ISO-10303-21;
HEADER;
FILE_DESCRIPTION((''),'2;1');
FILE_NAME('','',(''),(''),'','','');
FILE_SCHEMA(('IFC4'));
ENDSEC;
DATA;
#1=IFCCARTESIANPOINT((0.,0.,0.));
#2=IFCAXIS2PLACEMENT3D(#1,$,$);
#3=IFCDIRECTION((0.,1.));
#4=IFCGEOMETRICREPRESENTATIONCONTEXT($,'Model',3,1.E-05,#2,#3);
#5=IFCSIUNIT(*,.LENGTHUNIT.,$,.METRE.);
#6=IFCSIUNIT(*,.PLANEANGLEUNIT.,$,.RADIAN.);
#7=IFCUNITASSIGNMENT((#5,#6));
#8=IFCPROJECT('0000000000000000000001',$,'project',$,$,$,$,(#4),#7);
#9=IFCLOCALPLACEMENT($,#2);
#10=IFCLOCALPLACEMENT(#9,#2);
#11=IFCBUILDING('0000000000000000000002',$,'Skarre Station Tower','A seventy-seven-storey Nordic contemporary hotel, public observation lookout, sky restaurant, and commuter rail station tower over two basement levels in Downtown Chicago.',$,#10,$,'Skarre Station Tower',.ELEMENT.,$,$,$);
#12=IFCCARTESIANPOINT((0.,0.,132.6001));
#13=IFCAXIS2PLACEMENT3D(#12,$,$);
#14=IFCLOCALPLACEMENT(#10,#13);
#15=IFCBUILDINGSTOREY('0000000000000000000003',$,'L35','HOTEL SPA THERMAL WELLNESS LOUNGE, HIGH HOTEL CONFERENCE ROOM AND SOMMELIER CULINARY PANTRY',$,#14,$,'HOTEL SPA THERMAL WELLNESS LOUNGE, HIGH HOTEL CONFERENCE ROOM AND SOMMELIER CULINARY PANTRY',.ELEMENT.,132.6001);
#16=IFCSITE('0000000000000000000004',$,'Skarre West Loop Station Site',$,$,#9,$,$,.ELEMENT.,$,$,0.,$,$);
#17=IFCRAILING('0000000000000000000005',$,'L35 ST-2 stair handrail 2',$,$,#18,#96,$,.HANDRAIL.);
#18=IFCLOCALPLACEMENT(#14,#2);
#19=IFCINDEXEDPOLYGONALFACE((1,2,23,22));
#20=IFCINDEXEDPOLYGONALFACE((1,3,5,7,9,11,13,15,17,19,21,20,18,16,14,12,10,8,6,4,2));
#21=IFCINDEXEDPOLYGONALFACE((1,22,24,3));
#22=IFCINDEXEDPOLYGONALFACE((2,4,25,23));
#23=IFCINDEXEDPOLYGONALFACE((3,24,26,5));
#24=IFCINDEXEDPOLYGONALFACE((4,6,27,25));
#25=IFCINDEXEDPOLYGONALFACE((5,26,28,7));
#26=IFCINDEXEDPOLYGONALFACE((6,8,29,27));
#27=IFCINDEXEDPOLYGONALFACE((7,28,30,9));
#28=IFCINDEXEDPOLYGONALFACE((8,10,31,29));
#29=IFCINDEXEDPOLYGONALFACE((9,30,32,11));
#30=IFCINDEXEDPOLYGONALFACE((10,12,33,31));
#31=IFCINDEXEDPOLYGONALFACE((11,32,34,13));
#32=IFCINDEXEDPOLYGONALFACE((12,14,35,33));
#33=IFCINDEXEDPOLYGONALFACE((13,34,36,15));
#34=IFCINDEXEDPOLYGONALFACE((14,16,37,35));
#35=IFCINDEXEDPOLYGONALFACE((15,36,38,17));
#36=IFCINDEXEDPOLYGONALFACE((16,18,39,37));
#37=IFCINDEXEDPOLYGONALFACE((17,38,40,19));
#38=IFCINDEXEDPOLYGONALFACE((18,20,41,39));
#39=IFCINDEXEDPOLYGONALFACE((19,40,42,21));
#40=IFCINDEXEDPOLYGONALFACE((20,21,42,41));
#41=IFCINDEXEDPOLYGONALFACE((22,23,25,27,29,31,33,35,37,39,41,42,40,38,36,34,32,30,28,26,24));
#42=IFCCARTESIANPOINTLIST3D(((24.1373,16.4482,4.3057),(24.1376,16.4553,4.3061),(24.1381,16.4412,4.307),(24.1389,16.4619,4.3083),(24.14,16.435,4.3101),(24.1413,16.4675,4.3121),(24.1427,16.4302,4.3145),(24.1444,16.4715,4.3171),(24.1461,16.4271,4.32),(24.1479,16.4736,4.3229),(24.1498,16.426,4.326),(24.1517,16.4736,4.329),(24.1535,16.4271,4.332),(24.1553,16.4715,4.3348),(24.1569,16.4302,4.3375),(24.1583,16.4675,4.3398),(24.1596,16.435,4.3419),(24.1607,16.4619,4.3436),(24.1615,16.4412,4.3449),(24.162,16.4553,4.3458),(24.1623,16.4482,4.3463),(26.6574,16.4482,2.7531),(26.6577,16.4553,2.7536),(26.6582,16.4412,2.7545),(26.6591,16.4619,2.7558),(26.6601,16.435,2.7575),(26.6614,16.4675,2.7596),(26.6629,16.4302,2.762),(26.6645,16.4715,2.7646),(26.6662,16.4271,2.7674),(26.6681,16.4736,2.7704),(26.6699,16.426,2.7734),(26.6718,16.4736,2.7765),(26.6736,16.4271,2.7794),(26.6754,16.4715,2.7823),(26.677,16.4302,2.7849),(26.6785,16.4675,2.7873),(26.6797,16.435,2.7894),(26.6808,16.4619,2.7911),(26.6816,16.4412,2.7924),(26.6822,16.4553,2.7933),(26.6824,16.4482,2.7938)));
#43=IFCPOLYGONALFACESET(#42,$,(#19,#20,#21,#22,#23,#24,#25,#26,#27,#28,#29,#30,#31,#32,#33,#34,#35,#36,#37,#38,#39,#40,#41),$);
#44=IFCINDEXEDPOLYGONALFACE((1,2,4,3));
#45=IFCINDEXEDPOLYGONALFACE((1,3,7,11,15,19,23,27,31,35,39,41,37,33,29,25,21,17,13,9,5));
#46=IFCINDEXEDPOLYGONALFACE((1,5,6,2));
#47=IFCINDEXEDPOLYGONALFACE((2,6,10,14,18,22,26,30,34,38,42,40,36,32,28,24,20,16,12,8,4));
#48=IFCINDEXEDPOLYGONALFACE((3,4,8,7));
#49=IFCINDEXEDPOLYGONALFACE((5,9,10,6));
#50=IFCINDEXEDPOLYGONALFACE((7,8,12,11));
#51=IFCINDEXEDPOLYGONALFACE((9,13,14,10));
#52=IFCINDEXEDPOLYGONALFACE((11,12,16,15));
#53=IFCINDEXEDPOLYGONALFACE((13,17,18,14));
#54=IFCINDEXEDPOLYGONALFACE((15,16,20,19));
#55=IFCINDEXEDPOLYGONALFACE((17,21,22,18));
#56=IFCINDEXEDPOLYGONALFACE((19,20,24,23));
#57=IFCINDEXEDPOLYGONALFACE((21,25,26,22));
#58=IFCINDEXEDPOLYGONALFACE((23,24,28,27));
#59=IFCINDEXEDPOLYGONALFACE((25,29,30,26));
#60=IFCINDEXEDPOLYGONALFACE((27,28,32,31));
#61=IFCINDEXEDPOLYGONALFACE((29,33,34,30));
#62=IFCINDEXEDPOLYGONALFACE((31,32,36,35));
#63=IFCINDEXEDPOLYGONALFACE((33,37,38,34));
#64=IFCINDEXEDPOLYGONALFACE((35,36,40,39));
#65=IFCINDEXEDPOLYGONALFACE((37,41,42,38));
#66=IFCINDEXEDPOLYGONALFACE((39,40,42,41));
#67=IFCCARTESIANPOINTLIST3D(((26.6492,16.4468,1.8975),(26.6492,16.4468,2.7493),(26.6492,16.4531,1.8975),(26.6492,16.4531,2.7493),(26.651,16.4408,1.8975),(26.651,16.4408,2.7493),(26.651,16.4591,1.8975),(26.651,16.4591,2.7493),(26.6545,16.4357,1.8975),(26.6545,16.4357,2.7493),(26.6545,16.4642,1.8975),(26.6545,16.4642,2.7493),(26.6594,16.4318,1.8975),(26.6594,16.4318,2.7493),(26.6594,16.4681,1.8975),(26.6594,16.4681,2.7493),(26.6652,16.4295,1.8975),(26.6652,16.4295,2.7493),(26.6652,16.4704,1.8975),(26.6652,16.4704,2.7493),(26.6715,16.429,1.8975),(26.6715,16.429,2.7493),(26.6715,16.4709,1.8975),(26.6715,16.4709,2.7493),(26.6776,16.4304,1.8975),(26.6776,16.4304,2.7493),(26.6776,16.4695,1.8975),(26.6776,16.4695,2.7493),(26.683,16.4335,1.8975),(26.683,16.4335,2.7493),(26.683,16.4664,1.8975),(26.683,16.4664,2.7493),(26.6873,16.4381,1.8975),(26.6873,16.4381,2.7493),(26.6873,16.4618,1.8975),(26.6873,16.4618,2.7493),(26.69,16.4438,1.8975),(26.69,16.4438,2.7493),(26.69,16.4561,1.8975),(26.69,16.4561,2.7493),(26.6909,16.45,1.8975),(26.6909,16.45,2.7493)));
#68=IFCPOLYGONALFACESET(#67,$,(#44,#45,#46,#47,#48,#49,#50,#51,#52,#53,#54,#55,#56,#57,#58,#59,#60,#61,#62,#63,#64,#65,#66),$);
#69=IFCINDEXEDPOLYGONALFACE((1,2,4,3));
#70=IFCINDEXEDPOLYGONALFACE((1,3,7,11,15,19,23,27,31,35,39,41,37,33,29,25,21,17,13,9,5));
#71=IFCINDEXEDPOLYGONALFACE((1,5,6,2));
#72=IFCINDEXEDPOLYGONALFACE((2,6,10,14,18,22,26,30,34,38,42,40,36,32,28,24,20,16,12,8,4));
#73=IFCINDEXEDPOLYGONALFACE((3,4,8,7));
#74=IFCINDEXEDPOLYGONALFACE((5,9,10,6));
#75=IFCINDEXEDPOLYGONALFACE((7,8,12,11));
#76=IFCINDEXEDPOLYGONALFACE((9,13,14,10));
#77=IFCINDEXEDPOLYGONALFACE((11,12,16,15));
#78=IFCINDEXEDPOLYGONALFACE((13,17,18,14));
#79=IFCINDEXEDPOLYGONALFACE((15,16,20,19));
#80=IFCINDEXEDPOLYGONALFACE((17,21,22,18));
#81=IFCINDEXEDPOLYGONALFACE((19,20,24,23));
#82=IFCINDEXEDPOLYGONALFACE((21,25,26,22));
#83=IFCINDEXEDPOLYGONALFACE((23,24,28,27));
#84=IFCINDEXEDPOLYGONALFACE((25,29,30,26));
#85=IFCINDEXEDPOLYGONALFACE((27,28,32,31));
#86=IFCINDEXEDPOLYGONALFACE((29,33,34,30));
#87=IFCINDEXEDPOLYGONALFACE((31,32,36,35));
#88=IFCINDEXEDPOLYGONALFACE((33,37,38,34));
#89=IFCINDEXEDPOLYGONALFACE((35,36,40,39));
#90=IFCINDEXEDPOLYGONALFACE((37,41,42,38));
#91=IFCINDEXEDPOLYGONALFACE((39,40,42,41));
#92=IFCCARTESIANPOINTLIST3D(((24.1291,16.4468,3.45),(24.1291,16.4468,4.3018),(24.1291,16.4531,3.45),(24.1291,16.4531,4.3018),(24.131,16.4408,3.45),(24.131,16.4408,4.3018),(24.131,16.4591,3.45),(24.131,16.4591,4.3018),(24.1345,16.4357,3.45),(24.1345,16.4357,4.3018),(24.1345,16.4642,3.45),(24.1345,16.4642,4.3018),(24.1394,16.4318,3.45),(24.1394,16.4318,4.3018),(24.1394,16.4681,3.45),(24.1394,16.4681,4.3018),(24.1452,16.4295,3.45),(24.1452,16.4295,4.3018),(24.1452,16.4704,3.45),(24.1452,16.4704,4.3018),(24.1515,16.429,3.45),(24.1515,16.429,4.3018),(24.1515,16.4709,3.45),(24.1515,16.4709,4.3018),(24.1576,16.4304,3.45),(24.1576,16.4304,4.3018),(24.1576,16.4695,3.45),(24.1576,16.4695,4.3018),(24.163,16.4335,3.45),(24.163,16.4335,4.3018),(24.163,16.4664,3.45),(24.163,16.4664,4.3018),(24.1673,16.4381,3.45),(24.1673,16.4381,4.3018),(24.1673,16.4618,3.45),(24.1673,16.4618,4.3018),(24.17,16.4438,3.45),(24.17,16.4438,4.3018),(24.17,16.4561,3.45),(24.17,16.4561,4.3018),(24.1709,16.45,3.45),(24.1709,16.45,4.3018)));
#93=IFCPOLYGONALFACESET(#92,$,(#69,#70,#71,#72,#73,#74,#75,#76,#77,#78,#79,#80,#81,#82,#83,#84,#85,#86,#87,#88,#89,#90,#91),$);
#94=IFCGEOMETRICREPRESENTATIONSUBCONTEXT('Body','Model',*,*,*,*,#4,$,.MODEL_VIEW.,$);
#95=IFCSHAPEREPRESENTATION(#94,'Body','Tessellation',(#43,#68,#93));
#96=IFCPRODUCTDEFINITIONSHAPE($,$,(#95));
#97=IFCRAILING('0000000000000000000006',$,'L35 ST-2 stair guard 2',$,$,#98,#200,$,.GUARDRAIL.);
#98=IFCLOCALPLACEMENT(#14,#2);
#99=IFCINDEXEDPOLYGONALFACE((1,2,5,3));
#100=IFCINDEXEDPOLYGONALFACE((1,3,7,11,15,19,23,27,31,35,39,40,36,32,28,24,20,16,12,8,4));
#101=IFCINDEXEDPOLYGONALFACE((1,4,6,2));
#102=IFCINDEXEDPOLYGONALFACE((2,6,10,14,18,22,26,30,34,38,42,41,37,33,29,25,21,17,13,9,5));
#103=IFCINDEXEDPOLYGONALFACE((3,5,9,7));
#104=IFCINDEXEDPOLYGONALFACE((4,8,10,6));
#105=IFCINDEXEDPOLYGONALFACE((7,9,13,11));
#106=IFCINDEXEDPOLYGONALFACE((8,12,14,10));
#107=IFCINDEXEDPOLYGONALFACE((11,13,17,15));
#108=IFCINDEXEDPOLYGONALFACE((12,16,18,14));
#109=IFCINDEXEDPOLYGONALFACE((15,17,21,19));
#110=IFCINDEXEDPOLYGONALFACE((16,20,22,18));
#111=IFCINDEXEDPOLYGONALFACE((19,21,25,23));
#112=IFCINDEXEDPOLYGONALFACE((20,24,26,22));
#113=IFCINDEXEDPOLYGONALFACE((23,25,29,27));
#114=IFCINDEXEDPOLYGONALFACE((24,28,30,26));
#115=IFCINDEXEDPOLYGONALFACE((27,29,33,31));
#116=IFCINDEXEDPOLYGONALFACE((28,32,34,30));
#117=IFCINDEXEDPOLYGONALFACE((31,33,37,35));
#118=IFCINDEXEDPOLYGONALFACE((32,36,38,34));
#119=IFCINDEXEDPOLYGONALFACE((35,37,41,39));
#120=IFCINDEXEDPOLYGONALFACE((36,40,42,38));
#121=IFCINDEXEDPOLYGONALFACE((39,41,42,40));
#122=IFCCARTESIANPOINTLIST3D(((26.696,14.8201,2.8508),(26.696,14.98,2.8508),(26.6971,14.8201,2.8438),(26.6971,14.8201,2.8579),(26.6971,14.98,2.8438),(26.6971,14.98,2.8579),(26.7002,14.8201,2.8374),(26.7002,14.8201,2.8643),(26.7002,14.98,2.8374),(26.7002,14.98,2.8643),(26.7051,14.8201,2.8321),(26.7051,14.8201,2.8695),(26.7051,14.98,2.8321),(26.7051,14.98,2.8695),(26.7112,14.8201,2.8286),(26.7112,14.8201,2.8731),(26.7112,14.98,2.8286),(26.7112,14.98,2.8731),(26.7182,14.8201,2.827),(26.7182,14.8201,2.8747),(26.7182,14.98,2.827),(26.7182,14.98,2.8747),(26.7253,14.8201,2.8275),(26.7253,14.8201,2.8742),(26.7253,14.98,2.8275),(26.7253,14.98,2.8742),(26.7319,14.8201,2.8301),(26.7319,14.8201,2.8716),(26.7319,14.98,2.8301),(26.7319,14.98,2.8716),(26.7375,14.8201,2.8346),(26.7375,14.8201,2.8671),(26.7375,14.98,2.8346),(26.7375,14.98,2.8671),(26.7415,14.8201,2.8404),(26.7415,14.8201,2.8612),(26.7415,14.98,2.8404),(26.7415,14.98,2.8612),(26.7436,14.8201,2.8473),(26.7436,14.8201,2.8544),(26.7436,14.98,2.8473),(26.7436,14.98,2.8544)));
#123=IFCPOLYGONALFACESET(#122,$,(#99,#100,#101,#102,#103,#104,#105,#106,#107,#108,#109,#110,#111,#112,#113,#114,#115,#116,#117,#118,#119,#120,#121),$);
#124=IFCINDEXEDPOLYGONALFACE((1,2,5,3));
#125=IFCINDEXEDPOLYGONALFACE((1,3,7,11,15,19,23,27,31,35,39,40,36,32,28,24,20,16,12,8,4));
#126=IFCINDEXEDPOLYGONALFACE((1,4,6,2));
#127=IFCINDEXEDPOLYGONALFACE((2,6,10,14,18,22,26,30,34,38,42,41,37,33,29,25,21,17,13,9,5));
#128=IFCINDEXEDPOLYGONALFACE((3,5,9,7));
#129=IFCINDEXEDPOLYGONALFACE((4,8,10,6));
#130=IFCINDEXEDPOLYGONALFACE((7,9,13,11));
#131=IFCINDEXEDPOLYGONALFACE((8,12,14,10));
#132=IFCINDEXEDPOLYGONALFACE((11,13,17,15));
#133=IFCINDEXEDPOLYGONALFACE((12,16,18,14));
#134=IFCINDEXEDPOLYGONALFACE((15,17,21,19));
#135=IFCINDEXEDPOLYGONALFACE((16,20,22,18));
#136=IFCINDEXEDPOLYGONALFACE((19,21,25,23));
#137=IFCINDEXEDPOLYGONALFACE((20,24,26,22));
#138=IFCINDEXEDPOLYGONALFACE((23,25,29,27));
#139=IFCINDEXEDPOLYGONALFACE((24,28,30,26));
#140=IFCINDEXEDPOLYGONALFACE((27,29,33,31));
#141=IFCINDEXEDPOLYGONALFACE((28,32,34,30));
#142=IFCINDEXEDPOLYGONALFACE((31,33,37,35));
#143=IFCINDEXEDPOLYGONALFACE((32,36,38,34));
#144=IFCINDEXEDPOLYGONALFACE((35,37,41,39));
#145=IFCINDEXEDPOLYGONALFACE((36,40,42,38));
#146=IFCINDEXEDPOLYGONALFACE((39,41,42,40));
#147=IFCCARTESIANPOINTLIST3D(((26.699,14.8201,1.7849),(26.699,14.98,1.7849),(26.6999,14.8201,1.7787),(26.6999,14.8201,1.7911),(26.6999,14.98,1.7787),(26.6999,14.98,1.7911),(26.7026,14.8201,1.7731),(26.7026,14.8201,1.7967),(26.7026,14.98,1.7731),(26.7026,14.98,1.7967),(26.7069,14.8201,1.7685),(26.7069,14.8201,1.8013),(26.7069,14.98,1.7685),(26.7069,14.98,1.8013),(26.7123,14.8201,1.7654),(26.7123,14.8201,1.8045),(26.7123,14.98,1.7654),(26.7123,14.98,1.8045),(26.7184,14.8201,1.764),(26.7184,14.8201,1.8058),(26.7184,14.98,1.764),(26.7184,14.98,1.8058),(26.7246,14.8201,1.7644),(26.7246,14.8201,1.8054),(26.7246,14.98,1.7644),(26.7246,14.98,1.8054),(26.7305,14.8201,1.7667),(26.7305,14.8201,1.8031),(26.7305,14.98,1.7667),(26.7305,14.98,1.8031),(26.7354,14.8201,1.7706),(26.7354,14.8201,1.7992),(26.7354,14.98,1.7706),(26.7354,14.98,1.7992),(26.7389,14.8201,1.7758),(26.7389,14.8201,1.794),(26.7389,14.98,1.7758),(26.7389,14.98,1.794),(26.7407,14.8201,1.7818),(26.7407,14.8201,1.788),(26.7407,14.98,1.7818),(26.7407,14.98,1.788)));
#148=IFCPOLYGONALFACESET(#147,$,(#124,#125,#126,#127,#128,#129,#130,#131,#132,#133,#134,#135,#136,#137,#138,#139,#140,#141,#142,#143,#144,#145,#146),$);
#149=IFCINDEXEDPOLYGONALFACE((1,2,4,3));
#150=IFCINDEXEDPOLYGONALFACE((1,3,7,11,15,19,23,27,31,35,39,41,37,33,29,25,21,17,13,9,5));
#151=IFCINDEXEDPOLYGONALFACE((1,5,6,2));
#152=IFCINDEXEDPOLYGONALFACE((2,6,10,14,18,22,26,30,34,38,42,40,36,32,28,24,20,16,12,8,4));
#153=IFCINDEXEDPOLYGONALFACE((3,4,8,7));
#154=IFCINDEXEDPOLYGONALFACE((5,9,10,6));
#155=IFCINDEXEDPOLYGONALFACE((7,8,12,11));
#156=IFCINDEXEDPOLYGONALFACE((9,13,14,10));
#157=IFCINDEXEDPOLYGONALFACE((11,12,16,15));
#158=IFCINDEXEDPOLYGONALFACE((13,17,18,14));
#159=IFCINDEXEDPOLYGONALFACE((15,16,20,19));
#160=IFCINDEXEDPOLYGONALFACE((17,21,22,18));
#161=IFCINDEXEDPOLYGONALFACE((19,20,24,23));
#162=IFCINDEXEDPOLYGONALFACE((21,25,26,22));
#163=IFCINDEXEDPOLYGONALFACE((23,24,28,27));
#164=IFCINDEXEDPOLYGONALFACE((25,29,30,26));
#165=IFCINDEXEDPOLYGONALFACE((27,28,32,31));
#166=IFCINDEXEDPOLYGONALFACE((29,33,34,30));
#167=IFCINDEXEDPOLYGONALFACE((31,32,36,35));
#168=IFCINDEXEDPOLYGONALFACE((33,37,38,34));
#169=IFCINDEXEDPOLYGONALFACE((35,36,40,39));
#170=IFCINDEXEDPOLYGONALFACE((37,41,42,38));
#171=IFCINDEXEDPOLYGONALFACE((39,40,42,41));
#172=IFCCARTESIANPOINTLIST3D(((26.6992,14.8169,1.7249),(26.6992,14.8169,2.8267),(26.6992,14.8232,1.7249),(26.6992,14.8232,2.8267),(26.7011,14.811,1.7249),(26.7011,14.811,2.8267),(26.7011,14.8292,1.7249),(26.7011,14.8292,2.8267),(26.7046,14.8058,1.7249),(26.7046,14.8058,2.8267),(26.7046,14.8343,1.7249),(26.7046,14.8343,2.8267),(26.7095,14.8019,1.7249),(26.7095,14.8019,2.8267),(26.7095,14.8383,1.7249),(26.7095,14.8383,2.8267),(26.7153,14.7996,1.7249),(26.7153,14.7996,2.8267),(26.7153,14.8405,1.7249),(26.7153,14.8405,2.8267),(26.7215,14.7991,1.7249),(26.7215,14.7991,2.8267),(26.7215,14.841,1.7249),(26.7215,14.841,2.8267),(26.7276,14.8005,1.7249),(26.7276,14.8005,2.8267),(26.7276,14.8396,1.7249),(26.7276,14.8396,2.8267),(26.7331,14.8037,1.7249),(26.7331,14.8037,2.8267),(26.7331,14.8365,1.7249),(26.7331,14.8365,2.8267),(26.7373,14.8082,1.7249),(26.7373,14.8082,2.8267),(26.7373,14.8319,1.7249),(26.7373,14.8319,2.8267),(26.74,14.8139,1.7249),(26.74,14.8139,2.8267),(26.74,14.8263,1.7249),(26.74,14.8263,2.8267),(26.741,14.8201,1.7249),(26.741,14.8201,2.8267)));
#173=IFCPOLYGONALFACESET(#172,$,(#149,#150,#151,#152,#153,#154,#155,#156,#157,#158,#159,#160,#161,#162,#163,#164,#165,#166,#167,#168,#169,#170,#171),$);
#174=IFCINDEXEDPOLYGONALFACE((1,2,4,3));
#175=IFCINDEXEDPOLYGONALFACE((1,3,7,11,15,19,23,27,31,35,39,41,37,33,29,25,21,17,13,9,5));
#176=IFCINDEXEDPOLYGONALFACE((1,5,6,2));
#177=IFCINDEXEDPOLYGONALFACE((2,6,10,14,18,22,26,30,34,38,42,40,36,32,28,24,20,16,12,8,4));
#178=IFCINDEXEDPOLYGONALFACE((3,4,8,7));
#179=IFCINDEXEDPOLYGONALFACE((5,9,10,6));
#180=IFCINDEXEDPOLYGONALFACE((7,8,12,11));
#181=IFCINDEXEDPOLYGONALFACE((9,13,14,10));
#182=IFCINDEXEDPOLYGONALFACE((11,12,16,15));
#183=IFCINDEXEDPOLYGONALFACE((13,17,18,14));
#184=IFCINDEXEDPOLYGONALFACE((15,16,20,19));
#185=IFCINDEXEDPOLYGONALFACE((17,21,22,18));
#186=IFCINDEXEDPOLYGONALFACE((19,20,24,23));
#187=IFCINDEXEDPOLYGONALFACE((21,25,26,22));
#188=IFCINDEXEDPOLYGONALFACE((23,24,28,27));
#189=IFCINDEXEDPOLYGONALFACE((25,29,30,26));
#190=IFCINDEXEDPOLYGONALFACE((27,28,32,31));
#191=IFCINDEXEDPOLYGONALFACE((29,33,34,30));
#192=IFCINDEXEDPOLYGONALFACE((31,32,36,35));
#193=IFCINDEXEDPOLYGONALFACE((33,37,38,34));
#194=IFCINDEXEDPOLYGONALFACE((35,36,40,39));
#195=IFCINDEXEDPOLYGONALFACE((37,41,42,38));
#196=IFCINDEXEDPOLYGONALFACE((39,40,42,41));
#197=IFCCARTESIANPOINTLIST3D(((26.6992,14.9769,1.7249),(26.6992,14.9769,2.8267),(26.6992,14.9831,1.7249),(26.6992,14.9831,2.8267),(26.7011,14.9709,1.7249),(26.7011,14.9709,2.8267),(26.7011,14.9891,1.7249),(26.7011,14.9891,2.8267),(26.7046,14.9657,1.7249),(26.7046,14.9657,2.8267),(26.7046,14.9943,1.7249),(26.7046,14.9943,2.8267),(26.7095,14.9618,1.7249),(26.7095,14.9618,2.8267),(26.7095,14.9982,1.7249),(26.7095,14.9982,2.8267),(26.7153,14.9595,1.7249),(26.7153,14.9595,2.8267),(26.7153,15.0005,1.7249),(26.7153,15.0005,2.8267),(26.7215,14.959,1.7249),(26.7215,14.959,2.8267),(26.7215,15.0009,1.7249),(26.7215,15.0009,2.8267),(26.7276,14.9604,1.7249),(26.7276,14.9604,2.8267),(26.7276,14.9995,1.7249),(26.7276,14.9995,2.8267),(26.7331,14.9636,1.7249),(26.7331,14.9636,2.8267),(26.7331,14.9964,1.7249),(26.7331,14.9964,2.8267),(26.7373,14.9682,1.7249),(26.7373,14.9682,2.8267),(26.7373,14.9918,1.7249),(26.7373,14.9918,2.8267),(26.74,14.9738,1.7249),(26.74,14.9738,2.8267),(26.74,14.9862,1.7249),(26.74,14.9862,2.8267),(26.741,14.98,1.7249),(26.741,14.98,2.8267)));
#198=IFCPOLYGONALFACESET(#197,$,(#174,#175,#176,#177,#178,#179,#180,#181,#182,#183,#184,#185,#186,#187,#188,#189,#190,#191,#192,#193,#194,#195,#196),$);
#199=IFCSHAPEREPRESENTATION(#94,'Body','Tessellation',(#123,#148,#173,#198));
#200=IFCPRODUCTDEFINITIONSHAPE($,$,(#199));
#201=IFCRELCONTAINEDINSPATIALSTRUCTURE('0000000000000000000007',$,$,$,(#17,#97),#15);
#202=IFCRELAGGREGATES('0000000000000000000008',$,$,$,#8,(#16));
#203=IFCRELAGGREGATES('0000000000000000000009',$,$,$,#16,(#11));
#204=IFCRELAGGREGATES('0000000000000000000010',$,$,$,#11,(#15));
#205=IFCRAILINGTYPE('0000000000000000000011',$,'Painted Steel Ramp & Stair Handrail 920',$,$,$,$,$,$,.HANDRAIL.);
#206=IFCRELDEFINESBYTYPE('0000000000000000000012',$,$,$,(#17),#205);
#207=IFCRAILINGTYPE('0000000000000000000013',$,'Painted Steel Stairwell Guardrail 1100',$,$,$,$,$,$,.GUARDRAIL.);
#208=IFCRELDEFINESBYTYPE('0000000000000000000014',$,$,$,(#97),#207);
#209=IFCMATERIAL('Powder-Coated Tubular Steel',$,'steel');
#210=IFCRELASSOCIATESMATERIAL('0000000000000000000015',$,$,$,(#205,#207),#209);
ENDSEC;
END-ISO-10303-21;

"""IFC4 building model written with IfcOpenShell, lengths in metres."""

from ifc_helpers import new_model, si_unit, direction, frame, origin, origin_2d, place, context, subcontext, project, spatial, circle, extrude, material, type_object, element, save


model = new_model("IFC4")

# Units and contexts
model_context = context("Model", 3, precision=1e-05, world=origin(), true_north=direction((0.0, 1.0)))
body_context = subcontext(model_context, "Body", "Model", "MODEL_VIEW")
ifc_project = project(units=[si_unit("LENGTHUNIT", "METRE"), si_unit("PLANEANGLEUNIT", "RADIAN")], contexts=[model_context])

# Site, building, storey
site_placement = place(None, origin())
site = spatial("IfcSite", under=ifc_project, at=site_placement, Name="Skarre West Loop Station Site", CompositionType="ELEMENT", RefElevation=0.0)
building_placement = place(site_placement, origin())
building = spatial("IfcBuilding", under=site, at=building_placement, Name="Skarre Station Tower", Description="A seventy-seven-storey Nordic contemporary hotel, public observation lookout, sky restaurant, and commuter rail station tower over two basement levels in Downtown Chicago.", LongName="Skarre Station Tower", CompositionType="ELEMENT")
storey_placement = place(building_placement, frame((0.0, 0.0, 132.6001)))
storey = spatial("IfcBuildingStorey", under=building, at=storey_placement, Name="L35", Description="HOTEL SPA THERMAL WELLNESS LOUNGE, HIGH HOTEL CONFERENCE ROOM AND SOMMELIER CULINARY PANTRY", LongName="HOTEL SPA THERMAL WELLNESS LOUNGE, HIGH HOTEL CONFERENCE ROOM AND SOMMELIER CULINARY PANTRY", CompositionType="ELEMENT", Elevation=132.6001)

# Railings
ifc_material_1 = material(Name="Powder-Coated Tubular Steel", Category="steel")
railing_type_1 = type_object("IfcRailingType", Name="Painted Steel Ramp & Stair Handrail 920", PredefinedType="HANDRAIL", material=ifc_material_1)
railing_1_placement = place(storey_placement, frame((26.6699, 16.45, 1.8975)))
element("IfcRailing", 1, at=railing_1_placement, inside=storey, type_object=railing_type_1, Name="L35 ST-2 stair handrail 2", PredefinedType="HANDRAIL", context=body_context, shape_type="SweptSolid", body=[
    extrude(circle(Radius=0.0239, at=origin_2d()), frame((0.0, 0.0, 0.876), z_axis=(-0.8514, 0.0, 0.524516), x_axis=(0.0, -1.0, 0.0)), (0.0, 0.0, 1.0), 2.96),
    extrude(circle(Radius=0.021, at=origin_2d()), origin(), (0.0, 0.0, 1.0), 0.8518),
    extrude(circle(Radius=0.021, at=origin_2d()), frame((-2.52, 0.0, 1.5525)), (0.0, 0.0, 1.0), 0.8518),
])
railing_type_2 = type_object("IfcRailingType", Name="Painted Steel Stairwell Guardrail 1100", PredefinedType="GUARDRAIL", material=ifc_material_1)
railing_2_placement = place(storey_placement, frame((26.72, 14.8201, 1.7249)))
element("IfcRailing", 2, at=railing_2_placement, inside=storey, type_object=railing_type_2, Name="L35 ST-2 stair guard 2", PredefinedType="GUARDRAIL", context=body_context, shape_type="SweptSolid", body=[
    extrude(circle(Radius=0.0239, at=origin_2d()), frame((0.0, 0.0, 1.126), z_axis=(0.0, 1.0, 0.0), x_axis=(-1.0, 0.0, 0.0)), (0.0, 0.0, 1.0), 0.1599),
    extrude(circle(Radius=0.021, at=origin_2d()), frame((0.0, 0.0, 0.0601), z_axis=(0.0, 1.0, 0.0), x_axis=(-1.0, 0.0, 0.0)), (0.0, 0.0, 1.0), 0.1599),
    extrude(circle(Radius=0.021, at=origin_2d()), origin(), (0.0, 0.0, 1.0), 1.1018),
    extrude(circle(Radius=0.021, at=origin_2d()), frame((0.0, 0.1599, 0.0)), (0.0, 0.0, 1.0), 1.1018),
])

save(model, "model.ifc")
